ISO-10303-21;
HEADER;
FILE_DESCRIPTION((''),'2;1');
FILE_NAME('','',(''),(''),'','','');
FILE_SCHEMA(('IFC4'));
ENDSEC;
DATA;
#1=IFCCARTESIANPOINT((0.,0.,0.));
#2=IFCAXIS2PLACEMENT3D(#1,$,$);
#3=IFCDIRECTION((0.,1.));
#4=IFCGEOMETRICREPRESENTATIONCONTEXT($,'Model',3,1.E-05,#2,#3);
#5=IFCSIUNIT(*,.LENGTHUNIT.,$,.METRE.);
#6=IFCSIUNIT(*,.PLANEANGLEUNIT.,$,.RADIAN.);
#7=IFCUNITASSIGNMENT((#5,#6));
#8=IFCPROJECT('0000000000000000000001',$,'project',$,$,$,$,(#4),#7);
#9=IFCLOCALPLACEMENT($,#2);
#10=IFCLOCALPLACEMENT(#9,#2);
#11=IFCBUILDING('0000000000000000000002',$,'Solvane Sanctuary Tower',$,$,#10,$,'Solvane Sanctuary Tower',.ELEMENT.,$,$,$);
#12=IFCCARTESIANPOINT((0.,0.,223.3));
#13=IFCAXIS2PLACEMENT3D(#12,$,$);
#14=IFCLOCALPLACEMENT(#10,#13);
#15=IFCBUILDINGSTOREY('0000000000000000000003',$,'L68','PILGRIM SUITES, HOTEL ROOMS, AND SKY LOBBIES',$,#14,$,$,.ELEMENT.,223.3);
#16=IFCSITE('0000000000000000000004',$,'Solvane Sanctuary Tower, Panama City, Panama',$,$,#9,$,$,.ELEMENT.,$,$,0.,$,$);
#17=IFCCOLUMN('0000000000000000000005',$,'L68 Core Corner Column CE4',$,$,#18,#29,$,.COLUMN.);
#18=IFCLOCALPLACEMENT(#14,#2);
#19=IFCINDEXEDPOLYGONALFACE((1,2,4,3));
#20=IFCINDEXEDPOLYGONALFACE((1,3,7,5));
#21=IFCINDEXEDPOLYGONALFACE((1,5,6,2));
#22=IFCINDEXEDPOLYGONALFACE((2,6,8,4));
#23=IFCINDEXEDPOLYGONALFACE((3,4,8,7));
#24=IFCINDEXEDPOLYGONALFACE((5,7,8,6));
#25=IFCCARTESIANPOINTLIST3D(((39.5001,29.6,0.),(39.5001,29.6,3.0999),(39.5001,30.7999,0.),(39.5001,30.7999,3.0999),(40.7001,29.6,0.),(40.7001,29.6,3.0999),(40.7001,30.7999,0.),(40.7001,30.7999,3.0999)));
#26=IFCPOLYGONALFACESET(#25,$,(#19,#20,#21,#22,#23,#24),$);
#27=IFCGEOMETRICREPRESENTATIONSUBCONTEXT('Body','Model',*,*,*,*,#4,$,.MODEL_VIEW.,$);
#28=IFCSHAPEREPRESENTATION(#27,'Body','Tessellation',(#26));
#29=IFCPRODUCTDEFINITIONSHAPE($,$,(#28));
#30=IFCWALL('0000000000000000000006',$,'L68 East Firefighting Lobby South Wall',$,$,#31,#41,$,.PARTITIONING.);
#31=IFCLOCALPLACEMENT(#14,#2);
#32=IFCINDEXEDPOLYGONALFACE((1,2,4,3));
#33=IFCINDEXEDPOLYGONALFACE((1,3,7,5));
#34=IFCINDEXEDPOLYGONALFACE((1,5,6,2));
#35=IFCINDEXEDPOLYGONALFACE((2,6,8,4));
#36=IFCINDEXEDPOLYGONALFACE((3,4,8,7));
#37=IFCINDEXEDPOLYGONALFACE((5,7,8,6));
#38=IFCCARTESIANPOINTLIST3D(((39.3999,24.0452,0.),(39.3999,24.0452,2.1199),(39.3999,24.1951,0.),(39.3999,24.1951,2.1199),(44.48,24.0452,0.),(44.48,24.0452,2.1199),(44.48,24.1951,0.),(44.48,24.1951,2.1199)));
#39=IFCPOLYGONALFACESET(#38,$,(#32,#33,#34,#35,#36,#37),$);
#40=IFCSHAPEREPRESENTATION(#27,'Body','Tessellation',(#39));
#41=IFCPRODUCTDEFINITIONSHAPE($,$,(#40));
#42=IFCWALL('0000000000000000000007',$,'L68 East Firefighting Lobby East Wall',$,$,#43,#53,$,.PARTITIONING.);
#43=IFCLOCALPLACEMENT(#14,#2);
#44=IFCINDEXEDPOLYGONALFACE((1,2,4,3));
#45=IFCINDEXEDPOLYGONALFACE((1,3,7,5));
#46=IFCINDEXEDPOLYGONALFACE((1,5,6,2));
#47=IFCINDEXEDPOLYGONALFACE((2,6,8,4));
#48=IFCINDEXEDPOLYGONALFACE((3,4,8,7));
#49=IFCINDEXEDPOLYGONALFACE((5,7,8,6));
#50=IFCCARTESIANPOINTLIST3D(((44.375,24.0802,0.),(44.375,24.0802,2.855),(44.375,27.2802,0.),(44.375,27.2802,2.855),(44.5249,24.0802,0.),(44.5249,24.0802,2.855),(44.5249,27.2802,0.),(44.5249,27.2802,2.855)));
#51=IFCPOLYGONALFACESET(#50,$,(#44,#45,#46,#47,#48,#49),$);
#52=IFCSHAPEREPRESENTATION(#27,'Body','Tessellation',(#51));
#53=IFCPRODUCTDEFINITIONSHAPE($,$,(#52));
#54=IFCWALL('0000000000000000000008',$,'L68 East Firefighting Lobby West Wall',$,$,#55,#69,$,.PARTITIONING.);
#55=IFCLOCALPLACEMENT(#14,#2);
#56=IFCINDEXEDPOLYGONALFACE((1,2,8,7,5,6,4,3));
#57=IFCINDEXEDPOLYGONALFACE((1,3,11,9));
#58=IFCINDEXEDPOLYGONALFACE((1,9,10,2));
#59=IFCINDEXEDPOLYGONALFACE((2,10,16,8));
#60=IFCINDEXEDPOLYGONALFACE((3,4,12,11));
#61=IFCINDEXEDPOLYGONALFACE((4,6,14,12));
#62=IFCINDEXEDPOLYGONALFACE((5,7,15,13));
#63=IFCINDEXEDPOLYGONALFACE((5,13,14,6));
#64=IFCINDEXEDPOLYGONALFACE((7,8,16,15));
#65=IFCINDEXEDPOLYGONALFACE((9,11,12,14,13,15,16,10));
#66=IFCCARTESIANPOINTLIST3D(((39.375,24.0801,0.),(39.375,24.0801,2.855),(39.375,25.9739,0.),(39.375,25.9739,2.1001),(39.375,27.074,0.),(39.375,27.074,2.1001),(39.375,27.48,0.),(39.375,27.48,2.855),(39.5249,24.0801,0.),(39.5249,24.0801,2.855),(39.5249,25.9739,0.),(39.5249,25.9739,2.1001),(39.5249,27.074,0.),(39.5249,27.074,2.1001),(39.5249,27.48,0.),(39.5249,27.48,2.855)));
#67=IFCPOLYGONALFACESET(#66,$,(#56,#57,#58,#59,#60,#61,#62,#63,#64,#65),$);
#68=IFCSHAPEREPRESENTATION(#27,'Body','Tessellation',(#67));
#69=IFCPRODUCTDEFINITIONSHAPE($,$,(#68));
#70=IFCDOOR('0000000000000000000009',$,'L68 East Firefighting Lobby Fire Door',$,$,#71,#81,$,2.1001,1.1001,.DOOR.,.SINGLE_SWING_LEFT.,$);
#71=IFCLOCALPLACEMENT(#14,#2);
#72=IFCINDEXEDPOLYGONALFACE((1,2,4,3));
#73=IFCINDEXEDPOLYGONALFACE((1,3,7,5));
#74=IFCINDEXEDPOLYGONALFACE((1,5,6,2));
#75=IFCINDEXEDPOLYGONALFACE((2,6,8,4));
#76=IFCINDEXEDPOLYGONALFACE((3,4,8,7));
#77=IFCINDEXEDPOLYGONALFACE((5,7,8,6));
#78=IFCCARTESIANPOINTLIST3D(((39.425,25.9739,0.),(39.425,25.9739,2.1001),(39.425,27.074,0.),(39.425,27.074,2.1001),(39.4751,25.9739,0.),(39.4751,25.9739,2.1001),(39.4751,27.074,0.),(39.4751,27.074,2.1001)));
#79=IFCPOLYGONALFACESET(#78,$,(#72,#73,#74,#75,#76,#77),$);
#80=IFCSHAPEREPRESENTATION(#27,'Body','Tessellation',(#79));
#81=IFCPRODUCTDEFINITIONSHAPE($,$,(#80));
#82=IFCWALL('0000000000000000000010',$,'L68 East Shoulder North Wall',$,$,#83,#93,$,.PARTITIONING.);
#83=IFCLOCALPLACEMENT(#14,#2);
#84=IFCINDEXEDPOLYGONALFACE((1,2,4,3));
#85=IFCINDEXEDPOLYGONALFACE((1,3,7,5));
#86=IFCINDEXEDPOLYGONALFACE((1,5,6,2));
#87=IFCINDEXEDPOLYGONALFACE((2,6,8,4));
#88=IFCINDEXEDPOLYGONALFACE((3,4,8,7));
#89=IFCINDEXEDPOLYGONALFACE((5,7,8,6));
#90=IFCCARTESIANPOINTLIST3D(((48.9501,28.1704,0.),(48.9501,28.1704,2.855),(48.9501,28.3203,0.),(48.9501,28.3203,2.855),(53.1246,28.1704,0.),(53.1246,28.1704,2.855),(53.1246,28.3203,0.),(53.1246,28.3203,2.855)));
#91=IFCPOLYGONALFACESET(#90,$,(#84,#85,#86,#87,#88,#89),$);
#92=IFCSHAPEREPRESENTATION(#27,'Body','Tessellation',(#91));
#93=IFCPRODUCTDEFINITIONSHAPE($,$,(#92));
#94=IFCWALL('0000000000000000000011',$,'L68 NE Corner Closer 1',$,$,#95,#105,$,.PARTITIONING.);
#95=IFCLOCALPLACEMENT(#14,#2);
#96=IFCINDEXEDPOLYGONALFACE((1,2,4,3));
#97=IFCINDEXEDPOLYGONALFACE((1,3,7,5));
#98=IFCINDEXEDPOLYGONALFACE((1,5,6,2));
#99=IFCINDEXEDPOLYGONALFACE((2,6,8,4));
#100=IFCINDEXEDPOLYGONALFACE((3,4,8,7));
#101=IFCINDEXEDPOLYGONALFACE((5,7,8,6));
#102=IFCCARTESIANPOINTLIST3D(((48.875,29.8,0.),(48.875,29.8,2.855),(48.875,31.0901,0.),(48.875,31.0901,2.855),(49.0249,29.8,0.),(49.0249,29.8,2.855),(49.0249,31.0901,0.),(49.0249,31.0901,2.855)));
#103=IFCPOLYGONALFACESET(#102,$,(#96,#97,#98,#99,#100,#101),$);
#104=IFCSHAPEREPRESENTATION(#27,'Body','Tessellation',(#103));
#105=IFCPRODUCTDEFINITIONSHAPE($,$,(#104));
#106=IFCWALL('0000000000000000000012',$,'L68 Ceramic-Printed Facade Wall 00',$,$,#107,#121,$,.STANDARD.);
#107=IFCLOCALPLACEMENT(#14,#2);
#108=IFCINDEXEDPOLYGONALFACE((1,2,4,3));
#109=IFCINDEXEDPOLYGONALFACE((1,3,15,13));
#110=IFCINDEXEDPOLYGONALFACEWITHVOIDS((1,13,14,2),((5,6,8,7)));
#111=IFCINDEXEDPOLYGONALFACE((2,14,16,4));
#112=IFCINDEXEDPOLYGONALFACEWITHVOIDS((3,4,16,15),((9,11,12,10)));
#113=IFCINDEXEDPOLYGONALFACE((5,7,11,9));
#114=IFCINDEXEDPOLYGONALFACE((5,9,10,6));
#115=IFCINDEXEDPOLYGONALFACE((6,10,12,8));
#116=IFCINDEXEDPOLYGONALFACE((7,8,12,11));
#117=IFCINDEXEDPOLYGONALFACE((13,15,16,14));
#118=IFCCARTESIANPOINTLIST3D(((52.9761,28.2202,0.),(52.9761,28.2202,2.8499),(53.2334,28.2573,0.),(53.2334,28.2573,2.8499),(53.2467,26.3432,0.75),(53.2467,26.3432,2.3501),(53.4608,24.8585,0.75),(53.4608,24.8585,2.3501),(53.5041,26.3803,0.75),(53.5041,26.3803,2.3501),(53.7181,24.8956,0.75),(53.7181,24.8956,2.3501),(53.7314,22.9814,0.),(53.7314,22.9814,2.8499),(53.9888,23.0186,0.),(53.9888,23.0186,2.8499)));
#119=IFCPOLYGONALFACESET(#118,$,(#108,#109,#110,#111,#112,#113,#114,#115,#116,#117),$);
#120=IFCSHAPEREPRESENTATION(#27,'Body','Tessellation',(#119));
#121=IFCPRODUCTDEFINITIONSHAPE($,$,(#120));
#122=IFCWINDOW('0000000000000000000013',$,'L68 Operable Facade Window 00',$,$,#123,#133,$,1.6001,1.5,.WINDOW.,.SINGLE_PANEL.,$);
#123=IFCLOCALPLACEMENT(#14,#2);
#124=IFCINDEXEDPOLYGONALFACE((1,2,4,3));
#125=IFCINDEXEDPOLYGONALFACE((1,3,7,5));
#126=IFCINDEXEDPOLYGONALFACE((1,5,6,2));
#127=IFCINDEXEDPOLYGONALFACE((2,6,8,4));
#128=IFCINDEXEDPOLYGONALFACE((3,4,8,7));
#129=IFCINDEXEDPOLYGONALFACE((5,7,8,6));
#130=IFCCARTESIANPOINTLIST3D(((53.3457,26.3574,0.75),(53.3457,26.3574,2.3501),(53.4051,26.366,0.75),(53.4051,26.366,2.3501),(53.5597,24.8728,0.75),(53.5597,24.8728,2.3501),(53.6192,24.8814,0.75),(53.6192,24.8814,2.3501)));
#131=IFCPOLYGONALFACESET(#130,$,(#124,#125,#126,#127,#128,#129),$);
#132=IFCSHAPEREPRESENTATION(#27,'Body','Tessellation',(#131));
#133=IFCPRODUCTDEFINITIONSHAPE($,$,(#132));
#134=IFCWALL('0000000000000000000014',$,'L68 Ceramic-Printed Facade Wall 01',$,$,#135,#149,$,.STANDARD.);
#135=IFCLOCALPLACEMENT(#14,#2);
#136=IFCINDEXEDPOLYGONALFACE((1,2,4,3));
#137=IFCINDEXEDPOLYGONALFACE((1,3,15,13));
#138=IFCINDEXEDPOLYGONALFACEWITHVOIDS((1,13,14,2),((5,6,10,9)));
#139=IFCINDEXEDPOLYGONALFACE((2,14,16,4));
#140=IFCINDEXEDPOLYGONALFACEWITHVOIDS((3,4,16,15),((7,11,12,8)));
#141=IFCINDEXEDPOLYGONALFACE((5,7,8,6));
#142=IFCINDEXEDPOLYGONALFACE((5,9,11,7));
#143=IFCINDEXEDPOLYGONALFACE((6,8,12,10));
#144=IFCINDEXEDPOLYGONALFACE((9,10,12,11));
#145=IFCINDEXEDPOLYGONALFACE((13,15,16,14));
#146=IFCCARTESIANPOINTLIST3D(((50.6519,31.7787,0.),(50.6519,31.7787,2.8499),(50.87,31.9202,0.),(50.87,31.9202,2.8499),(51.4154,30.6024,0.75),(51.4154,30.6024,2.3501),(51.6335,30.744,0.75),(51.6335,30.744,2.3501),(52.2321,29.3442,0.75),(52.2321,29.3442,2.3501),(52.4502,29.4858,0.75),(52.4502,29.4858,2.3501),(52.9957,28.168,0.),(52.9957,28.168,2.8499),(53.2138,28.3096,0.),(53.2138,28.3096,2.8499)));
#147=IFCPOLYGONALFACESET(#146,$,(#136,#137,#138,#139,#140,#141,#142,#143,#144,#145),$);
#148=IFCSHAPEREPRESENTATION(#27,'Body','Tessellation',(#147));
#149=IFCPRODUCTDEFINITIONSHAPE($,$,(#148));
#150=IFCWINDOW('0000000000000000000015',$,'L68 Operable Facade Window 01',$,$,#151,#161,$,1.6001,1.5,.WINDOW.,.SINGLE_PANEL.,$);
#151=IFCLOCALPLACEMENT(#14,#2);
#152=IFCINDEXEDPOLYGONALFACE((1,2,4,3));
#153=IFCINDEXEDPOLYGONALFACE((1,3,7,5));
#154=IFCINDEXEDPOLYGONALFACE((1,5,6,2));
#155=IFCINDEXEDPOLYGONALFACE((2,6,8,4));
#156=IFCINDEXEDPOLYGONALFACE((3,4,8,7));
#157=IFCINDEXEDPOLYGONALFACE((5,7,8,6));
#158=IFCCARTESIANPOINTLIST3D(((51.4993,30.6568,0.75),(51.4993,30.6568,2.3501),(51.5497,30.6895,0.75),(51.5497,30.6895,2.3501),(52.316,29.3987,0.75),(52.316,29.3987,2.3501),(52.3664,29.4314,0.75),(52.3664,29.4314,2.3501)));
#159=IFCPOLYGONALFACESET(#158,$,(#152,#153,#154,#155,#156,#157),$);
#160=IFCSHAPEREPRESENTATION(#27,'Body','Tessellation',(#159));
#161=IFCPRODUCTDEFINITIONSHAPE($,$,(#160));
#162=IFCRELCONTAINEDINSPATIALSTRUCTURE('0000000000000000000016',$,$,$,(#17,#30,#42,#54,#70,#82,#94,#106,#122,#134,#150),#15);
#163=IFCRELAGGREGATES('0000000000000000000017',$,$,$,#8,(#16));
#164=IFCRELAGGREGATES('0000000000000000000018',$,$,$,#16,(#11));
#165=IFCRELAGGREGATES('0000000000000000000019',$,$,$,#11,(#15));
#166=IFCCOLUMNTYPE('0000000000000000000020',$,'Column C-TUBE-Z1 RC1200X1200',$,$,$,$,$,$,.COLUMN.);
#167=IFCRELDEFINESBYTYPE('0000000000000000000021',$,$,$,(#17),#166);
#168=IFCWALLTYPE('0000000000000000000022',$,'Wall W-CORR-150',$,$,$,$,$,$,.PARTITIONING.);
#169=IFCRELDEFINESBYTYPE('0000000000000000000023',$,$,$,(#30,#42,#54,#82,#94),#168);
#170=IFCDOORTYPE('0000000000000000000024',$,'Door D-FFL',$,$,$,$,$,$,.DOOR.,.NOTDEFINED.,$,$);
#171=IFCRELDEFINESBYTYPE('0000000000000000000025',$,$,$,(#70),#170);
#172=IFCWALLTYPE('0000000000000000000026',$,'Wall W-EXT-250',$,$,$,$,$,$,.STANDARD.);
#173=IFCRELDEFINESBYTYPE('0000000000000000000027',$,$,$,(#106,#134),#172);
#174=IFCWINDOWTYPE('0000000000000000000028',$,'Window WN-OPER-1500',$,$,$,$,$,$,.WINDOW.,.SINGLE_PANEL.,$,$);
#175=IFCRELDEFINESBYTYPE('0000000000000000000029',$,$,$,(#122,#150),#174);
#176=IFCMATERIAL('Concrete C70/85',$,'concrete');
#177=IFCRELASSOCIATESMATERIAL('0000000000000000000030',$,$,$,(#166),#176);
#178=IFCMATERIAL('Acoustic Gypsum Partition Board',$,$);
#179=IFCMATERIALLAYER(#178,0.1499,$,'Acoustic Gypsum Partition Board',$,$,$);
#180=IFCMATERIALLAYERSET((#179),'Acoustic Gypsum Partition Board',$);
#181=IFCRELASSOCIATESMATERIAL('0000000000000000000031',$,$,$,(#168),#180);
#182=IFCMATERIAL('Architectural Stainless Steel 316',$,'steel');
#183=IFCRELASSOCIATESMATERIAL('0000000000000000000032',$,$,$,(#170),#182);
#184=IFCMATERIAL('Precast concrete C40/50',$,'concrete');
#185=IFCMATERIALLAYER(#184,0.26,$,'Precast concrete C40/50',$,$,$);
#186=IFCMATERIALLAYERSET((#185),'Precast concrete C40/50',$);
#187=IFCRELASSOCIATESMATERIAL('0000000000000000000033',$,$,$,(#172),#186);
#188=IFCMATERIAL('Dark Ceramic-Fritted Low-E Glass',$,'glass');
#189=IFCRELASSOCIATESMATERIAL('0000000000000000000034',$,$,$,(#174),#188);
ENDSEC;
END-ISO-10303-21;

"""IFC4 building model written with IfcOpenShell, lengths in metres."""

from ifc_helpers import new_model, si_unit, direction, frame, frame_2d, origin, origin_2d, place, context, subcontext, project, spatial, rectangle, extrude, material, layer, layer_set, material_profile, profile_set, type_object, element, fill, save


model = new_model("IFC4")

# Units and contexts
model_context = context("Model", 3, precision=1e-05, world=origin(), true_north=direction((0.0, 1.0)))
body_context = subcontext(model_context, "Body", "Model", "MODEL_VIEW")
ifc_project = project(units=[si_unit("LENGTHUNIT", "METRE"), si_unit("PLANEANGLEUNIT", "RADIAN")], contexts=[model_context])

# Site, building, storey
site_placement = place(None, origin())
site = spatial("IfcSite", under=ifc_project, at=site_placement, Name="Solvane Sanctuary Tower, Panama City, Panama", CompositionType="ELEMENT", RefElevation=0.0)
building_placement = place(site_placement, origin())
building = spatial("IfcBuilding", under=site, at=building_placement, Name="Solvane Sanctuary Tower", LongName="Solvane Sanctuary Tower", CompositionType="ELEMENT")
storey_placement = place(building_placement, frame((0.0, 0.0, 223.3)))
storey = spatial("IfcBuildingStorey", under=building, at=storey_placement, Name="L68", Description="PILGRIM SUITES, HOTEL ROOMS, AND SKY LOBBIES", CompositionType="ELEMENT", Elevation=223.3)

# Column
ifc_material_1 = material(Name="Concrete C70/85", Category="concrete")
ifc_material_profile = material_profile(ifc_material_1, rectangle(XDim=1.2, YDim=1.2, at=origin_2d()), Name="RC1200X1200")
ifc_profile_set = profile_set([ifc_material_profile], Name="Concrete C70/85")
column_type = type_object("IfcColumnType", Name="Column C-TUBE-Z1 RC1200X1200", PredefinedType="COLUMN", material=ifc_profile_set)
column_placement = place(storey_placement, frame((40.1001, 30.2, 0.0), z_axis=(0.0, 0.0, 1.0), x_axis=(1.0, 0.0, 0.0)))
element("IfcColumn", 1, at=column_placement, inside=storey, type_object=column_type, Name="L68 Core Corner Column CE4", PredefinedType="COLUMN", context=body_context, shape_type="SweptSolid", body=[
    extrude(rectangle(XDim=1.2, YDim=1.2, at=origin_2d()), origin(), (0.0, 0.0, 1.0), 3.0999),
])

# Walls
ifc_material_2 = material(Name="Acoustic Gypsum Partition Board")
ifc_layer_1 = layer(ifc_material_2, 0.1499, Name="Acoustic Gypsum Partition Board")
ifc_layer_set_1 = layer_set([ifc_layer_1], Name="Acoustic Gypsum Partition Board")
wall_type_1 = type_object("IfcWallType", Name="Wall W-CORR-150", PredefinedType="PARTITIONING", material=ifc_layer_set_1)
wall_1_placement = place(storey_placement, frame((39.3999, 24.1201, 0.0), z_axis=(0.0, 0.0, 1.0), x_axis=(1.0, 0.0, 0.0)))
element("IfcWall", 2, at=wall_1_placement, inside=storey, type_object=wall_type_1, Name="L68 East Firefighting Lobby South Wall", PredefinedType="PARTITIONING", context=body_context, shape_type="SweptSolid", body=[
    extrude(rectangle(XDim=5.0801, YDim=0.1499, at=frame_2d((2.54, 0.0))), origin(), (0.0, 0.0, 1.0), 2.1199),
])
wall_2_placement = place(storey_placement, frame((44.45, 24.0801, 0.0), z_axis=(0.0, 0.0, 1.0), x_axis=(0.0, 1.0, 0.0)))
element("IfcWall", 3, at=wall_2_placement, inside=storey, type_object=wall_type_1, Name="L68 East Firefighting Lobby East Wall", PredefinedType="PARTITIONING", context=body_context, shape_type="SweptSolid", body=[
    extrude(rectangle(XDim=3.2, YDim=0.1499, at=frame_2d((1.6001, 0.0))), origin(), (0.0, 0.0, 1.0), 2.855),
])

# Wall, opening, door
wall_3_placement = place(storey_placement, frame((39.45, 24.0801, 0.0), z_axis=(0.0, 0.0, 1.0), x_axis=(0.0, 1.0, 0.0)))
wall_3 = element("IfcWall", 4, at=wall_3_placement, inside=storey, type_object=wall_type_1, Name="L68 East Firefighting Lobby West Wall", PredefinedType="PARTITIONING", context=body_context, shape_type="SweptSolid", body=[
    extrude(rectangle(XDim=3.3999, YDim=0.1499, at=frame_2d((1.7, 0.0))), origin(), (0.0, 0.0, 1.0), 2.855),
])
opening_1_placement = place(wall_3_placement, frame((1.8938, 0.0, 0.0)))
opening_1 = element("IfcOpeningElement", 5, at=opening_1_placement, cuts=wall_3, PredefinedType="OPENING", context=body_context, shape_type="SweptSolid", body=[
    extrude(rectangle(XDim=1.1001, YDim=2.1001, at=frame_2d((0.55, 1.05))), frame((0.0, 0.085, 0.0), z_axis=(0.0, -1.0, 0.0), x_axis=(1.0, 0.0, 0.0)), (0.0, 0.0, 1.0), 0.1699),
])
ifc_material_3 = material(Name="Architectural Stainless Steel 316", Category="steel")
door_type_1 = type_object("IfcDoorType", Name="Door D-FFL", OperationType="NOTDEFINED", PredefinedType="DOOR", material=ifc_material_3)
door_1_placement = place(opening_1_placement, origin())
door_1 = element("IfcDoor", 6, at=door_1_placement, inside=storey, type_object=door_type_1, Name="L68 East Firefighting Lobby Fire Door", OperationType="SINGLE_SWING_LEFT", OverallHeight=2.1001, OverallWidth=1.1001, PredefinedType="DOOR", context=body_context, shape_type="SweptSolid", body=[
    extrude(rectangle(XDim=1.1001, YDim=2.1001, at=frame_2d((0.55, 1.05))), frame((0.0, 0.0249, 0.0), z_axis=(0.0, -1.0, 0.0), x_axis=(1.0, 0.0, 0.0)), (0.0, 0.0, 1.0), 0.05),
])
fill(opening_1, door_1)

# Walls
wall_4_placement = place(storey_placement, frame((48.95, 28.2454, 0.0), z_axis=(0.0, 0.0, 1.0), x_axis=(1.0, 0.0, 0.0)))
element("IfcWall", 7, at=wall_4_placement, inside=storey, type_object=wall_type_1, Name="L68 East Shoulder North Wall", PredefinedType="PARTITIONING", context=body_context, shape_type="SweptSolid", body=[
    extrude(rectangle(XDim=4.1746, YDim=0.1499, at=frame_2d((2.0874, 0.0))), origin(), (0.0, 0.0, 1.0), 2.855),
])
wall_5_placement = place(storey_placement, frame((48.95, 29.8, 0.0), z_axis=(0.0, 0.0, 1.0), x_axis=(0.0, 1.0, 0.0)))
element("IfcWall", 8, at=wall_5_placement, inside=storey, type_object=wall_type_1, Name="L68 NE Corner Closer 1", PredefinedType="PARTITIONING", context=body_context, shape_type="SweptSolid", body=[
    extrude(rectangle(XDim=1.29, YDim=0.1499, at=frame_2d((0.645, 0.0))), origin(), (0.0, 0.0, 1.0), 2.855),
])

# Walls, openings, windows
ifc_material_4 = material(Name="Precast concrete C40/50", Category="concrete")
ifc_layer_2 = layer(ifc_material_4, 0.26, Name="Precast concrete C40/50")
ifc_layer_set_2 = layer_set([ifc_layer_2], Name="Precast concrete C40/50")
wall_type_2 = type_object("IfcWallType", Name="Wall W-EXT-250", PredefinedType="STANDARD", material=ifc_layer_set_2)
wall_6_placement = place(storey_placement, frame((53.8601, 23.0, 0.0), z_axis=(0.0, 0.0, 1.0), x_axis=(-0.142713, 0.989764, 0.0)))
wall_6 = element("IfcWall", 9, at=wall_6_placement, inside=storey, type_object=wall_type_2, Name="L68 Ceramic-Printed Facade Wall 00", PredefinedType="STANDARD", context=body_context, shape_type="SweptSolid", body=[
    extrude(rectangle(XDim=5.293, YDim=0.26, at=frame_2d((2.6465, 0.0))), origin(), (0.0, 0.0, 1.0), 2.8499),
])
opening_2_placement = place(wall_6_placement, frame((1.8965, 0.0, 0.75)))
opening_2 = element("IfcOpeningElement", 10, at=opening_2_placement, cuts=wall_6, PredefinedType="OPENING", context=body_context, shape_type="SweptSolid", body=[
    extrude(rectangle(XDim=1.5, YDim=1.6001, at=frame_2d((0.75, 0.8))), frame((0.0, 0.1399, 0.0), z_axis=(0.0, -1.0, 0.0), x_axis=(1.0, 0.0, 0.0)), (0.0, 0.0, 1.0), 0.28),
])
ifc_material_5 = material(Name="Dark Ceramic-Fritted Low-E Glass", Category="glass")
window_type_1 = type_object("IfcWindowType", Name="Window WN-OPER-1500", PartitioningType="SINGLE_PANEL", PredefinedType="WINDOW", material=ifc_material_5)
window_1_placement = place(opening_2_placement, origin())
window_1 = element("IfcWindow", 11, at=window_1_placement, inside=storey, type_object=window_type_1, Name="L68 Operable Facade Window 00", OverallHeight=1.6001, OverallWidth=1.5, PartitioningType="SINGLE_PANEL", PredefinedType="WINDOW", context=body_context, shape_type="SweptSolid", body=[
    extrude(rectangle(XDim=1.5, YDim=1.6001, at=frame_2d((0.75, 0.8))), frame((0.0, 0.03, 0.0), z_axis=(0.0, -1.0, 0.0), x_axis=(1.0, 0.0, 0.0)), (0.0, 0.0, 1.0), 0.0601),
])
fill(opening_2, window_1)
wall_7_placement = place(storey_placement, frame((53.1047, 28.2388, 0.0), z_axis=(0.0, 0.0, 1.0), x_axis=(-0.544476, 0.838776, 0.0)))
wall_7 = element("IfcWall", 12, at=wall_7_placement, inside=storey, type_object=wall_type_2, Name="L68 Ceramic-Printed Facade Wall 01", PredefinedType="STANDARD", context=body_context, shape_type="SweptSolid", body=[
    extrude(rectangle(XDim=4.3047, YDim=0.26, at=frame_2d((2.1523, 0.0))), origin(), (0.0, 0.0, 1.0), 2.8499),
])
opening_3_placement = place(wall_7_placement, frame((1.4023, 0.0, 0.75)))
opening_3 = element("IfcOpeningElement", 13, at=opening_3_placement, cuts=wall_7, PredefinedType="OPENING", context=body_context, shape_type="SweptSolid", body=[
    extrude(rectangle(XDim=1.5, YDim=1.6001, at=frame_2d((0.75, 0.8))), frame((0.0, 0.1399, 0.0), z_axis=(0.0, -1.0, 0.0), x_axis=(1.0, 0.0, 0.0)), (0.0, 0.0, 1.0), 0.28),
])
window_2_placement = place(opening_3_placement, origin())
window_2 = element("IfcWindow", 14, at=window_2_placement, inside=storey, type_object=window_type_1, Name="L68 Operable Facade Window 01", OverallHeight=1.6001, OverallWidth=1.5, PartitioningType="SINGLE_PANEL", PredefinedType="WINDOW", context=body_context, shape_type="SweptSolid", body=[
    extrude(rectangle(XDim=1.5, YDim=1.6001, at=frame_2d((0.75, 0.8))), frame((0.0, 0.03, 0.0), z_axis=(0.0, -1.0, 0.0), x_axis=(1.0, 0.0, 0.0)), (0.0, 0.0, 1.0), 0.0601),
])
fill(opening_3, window_2)

save(model, "model.ifc")
